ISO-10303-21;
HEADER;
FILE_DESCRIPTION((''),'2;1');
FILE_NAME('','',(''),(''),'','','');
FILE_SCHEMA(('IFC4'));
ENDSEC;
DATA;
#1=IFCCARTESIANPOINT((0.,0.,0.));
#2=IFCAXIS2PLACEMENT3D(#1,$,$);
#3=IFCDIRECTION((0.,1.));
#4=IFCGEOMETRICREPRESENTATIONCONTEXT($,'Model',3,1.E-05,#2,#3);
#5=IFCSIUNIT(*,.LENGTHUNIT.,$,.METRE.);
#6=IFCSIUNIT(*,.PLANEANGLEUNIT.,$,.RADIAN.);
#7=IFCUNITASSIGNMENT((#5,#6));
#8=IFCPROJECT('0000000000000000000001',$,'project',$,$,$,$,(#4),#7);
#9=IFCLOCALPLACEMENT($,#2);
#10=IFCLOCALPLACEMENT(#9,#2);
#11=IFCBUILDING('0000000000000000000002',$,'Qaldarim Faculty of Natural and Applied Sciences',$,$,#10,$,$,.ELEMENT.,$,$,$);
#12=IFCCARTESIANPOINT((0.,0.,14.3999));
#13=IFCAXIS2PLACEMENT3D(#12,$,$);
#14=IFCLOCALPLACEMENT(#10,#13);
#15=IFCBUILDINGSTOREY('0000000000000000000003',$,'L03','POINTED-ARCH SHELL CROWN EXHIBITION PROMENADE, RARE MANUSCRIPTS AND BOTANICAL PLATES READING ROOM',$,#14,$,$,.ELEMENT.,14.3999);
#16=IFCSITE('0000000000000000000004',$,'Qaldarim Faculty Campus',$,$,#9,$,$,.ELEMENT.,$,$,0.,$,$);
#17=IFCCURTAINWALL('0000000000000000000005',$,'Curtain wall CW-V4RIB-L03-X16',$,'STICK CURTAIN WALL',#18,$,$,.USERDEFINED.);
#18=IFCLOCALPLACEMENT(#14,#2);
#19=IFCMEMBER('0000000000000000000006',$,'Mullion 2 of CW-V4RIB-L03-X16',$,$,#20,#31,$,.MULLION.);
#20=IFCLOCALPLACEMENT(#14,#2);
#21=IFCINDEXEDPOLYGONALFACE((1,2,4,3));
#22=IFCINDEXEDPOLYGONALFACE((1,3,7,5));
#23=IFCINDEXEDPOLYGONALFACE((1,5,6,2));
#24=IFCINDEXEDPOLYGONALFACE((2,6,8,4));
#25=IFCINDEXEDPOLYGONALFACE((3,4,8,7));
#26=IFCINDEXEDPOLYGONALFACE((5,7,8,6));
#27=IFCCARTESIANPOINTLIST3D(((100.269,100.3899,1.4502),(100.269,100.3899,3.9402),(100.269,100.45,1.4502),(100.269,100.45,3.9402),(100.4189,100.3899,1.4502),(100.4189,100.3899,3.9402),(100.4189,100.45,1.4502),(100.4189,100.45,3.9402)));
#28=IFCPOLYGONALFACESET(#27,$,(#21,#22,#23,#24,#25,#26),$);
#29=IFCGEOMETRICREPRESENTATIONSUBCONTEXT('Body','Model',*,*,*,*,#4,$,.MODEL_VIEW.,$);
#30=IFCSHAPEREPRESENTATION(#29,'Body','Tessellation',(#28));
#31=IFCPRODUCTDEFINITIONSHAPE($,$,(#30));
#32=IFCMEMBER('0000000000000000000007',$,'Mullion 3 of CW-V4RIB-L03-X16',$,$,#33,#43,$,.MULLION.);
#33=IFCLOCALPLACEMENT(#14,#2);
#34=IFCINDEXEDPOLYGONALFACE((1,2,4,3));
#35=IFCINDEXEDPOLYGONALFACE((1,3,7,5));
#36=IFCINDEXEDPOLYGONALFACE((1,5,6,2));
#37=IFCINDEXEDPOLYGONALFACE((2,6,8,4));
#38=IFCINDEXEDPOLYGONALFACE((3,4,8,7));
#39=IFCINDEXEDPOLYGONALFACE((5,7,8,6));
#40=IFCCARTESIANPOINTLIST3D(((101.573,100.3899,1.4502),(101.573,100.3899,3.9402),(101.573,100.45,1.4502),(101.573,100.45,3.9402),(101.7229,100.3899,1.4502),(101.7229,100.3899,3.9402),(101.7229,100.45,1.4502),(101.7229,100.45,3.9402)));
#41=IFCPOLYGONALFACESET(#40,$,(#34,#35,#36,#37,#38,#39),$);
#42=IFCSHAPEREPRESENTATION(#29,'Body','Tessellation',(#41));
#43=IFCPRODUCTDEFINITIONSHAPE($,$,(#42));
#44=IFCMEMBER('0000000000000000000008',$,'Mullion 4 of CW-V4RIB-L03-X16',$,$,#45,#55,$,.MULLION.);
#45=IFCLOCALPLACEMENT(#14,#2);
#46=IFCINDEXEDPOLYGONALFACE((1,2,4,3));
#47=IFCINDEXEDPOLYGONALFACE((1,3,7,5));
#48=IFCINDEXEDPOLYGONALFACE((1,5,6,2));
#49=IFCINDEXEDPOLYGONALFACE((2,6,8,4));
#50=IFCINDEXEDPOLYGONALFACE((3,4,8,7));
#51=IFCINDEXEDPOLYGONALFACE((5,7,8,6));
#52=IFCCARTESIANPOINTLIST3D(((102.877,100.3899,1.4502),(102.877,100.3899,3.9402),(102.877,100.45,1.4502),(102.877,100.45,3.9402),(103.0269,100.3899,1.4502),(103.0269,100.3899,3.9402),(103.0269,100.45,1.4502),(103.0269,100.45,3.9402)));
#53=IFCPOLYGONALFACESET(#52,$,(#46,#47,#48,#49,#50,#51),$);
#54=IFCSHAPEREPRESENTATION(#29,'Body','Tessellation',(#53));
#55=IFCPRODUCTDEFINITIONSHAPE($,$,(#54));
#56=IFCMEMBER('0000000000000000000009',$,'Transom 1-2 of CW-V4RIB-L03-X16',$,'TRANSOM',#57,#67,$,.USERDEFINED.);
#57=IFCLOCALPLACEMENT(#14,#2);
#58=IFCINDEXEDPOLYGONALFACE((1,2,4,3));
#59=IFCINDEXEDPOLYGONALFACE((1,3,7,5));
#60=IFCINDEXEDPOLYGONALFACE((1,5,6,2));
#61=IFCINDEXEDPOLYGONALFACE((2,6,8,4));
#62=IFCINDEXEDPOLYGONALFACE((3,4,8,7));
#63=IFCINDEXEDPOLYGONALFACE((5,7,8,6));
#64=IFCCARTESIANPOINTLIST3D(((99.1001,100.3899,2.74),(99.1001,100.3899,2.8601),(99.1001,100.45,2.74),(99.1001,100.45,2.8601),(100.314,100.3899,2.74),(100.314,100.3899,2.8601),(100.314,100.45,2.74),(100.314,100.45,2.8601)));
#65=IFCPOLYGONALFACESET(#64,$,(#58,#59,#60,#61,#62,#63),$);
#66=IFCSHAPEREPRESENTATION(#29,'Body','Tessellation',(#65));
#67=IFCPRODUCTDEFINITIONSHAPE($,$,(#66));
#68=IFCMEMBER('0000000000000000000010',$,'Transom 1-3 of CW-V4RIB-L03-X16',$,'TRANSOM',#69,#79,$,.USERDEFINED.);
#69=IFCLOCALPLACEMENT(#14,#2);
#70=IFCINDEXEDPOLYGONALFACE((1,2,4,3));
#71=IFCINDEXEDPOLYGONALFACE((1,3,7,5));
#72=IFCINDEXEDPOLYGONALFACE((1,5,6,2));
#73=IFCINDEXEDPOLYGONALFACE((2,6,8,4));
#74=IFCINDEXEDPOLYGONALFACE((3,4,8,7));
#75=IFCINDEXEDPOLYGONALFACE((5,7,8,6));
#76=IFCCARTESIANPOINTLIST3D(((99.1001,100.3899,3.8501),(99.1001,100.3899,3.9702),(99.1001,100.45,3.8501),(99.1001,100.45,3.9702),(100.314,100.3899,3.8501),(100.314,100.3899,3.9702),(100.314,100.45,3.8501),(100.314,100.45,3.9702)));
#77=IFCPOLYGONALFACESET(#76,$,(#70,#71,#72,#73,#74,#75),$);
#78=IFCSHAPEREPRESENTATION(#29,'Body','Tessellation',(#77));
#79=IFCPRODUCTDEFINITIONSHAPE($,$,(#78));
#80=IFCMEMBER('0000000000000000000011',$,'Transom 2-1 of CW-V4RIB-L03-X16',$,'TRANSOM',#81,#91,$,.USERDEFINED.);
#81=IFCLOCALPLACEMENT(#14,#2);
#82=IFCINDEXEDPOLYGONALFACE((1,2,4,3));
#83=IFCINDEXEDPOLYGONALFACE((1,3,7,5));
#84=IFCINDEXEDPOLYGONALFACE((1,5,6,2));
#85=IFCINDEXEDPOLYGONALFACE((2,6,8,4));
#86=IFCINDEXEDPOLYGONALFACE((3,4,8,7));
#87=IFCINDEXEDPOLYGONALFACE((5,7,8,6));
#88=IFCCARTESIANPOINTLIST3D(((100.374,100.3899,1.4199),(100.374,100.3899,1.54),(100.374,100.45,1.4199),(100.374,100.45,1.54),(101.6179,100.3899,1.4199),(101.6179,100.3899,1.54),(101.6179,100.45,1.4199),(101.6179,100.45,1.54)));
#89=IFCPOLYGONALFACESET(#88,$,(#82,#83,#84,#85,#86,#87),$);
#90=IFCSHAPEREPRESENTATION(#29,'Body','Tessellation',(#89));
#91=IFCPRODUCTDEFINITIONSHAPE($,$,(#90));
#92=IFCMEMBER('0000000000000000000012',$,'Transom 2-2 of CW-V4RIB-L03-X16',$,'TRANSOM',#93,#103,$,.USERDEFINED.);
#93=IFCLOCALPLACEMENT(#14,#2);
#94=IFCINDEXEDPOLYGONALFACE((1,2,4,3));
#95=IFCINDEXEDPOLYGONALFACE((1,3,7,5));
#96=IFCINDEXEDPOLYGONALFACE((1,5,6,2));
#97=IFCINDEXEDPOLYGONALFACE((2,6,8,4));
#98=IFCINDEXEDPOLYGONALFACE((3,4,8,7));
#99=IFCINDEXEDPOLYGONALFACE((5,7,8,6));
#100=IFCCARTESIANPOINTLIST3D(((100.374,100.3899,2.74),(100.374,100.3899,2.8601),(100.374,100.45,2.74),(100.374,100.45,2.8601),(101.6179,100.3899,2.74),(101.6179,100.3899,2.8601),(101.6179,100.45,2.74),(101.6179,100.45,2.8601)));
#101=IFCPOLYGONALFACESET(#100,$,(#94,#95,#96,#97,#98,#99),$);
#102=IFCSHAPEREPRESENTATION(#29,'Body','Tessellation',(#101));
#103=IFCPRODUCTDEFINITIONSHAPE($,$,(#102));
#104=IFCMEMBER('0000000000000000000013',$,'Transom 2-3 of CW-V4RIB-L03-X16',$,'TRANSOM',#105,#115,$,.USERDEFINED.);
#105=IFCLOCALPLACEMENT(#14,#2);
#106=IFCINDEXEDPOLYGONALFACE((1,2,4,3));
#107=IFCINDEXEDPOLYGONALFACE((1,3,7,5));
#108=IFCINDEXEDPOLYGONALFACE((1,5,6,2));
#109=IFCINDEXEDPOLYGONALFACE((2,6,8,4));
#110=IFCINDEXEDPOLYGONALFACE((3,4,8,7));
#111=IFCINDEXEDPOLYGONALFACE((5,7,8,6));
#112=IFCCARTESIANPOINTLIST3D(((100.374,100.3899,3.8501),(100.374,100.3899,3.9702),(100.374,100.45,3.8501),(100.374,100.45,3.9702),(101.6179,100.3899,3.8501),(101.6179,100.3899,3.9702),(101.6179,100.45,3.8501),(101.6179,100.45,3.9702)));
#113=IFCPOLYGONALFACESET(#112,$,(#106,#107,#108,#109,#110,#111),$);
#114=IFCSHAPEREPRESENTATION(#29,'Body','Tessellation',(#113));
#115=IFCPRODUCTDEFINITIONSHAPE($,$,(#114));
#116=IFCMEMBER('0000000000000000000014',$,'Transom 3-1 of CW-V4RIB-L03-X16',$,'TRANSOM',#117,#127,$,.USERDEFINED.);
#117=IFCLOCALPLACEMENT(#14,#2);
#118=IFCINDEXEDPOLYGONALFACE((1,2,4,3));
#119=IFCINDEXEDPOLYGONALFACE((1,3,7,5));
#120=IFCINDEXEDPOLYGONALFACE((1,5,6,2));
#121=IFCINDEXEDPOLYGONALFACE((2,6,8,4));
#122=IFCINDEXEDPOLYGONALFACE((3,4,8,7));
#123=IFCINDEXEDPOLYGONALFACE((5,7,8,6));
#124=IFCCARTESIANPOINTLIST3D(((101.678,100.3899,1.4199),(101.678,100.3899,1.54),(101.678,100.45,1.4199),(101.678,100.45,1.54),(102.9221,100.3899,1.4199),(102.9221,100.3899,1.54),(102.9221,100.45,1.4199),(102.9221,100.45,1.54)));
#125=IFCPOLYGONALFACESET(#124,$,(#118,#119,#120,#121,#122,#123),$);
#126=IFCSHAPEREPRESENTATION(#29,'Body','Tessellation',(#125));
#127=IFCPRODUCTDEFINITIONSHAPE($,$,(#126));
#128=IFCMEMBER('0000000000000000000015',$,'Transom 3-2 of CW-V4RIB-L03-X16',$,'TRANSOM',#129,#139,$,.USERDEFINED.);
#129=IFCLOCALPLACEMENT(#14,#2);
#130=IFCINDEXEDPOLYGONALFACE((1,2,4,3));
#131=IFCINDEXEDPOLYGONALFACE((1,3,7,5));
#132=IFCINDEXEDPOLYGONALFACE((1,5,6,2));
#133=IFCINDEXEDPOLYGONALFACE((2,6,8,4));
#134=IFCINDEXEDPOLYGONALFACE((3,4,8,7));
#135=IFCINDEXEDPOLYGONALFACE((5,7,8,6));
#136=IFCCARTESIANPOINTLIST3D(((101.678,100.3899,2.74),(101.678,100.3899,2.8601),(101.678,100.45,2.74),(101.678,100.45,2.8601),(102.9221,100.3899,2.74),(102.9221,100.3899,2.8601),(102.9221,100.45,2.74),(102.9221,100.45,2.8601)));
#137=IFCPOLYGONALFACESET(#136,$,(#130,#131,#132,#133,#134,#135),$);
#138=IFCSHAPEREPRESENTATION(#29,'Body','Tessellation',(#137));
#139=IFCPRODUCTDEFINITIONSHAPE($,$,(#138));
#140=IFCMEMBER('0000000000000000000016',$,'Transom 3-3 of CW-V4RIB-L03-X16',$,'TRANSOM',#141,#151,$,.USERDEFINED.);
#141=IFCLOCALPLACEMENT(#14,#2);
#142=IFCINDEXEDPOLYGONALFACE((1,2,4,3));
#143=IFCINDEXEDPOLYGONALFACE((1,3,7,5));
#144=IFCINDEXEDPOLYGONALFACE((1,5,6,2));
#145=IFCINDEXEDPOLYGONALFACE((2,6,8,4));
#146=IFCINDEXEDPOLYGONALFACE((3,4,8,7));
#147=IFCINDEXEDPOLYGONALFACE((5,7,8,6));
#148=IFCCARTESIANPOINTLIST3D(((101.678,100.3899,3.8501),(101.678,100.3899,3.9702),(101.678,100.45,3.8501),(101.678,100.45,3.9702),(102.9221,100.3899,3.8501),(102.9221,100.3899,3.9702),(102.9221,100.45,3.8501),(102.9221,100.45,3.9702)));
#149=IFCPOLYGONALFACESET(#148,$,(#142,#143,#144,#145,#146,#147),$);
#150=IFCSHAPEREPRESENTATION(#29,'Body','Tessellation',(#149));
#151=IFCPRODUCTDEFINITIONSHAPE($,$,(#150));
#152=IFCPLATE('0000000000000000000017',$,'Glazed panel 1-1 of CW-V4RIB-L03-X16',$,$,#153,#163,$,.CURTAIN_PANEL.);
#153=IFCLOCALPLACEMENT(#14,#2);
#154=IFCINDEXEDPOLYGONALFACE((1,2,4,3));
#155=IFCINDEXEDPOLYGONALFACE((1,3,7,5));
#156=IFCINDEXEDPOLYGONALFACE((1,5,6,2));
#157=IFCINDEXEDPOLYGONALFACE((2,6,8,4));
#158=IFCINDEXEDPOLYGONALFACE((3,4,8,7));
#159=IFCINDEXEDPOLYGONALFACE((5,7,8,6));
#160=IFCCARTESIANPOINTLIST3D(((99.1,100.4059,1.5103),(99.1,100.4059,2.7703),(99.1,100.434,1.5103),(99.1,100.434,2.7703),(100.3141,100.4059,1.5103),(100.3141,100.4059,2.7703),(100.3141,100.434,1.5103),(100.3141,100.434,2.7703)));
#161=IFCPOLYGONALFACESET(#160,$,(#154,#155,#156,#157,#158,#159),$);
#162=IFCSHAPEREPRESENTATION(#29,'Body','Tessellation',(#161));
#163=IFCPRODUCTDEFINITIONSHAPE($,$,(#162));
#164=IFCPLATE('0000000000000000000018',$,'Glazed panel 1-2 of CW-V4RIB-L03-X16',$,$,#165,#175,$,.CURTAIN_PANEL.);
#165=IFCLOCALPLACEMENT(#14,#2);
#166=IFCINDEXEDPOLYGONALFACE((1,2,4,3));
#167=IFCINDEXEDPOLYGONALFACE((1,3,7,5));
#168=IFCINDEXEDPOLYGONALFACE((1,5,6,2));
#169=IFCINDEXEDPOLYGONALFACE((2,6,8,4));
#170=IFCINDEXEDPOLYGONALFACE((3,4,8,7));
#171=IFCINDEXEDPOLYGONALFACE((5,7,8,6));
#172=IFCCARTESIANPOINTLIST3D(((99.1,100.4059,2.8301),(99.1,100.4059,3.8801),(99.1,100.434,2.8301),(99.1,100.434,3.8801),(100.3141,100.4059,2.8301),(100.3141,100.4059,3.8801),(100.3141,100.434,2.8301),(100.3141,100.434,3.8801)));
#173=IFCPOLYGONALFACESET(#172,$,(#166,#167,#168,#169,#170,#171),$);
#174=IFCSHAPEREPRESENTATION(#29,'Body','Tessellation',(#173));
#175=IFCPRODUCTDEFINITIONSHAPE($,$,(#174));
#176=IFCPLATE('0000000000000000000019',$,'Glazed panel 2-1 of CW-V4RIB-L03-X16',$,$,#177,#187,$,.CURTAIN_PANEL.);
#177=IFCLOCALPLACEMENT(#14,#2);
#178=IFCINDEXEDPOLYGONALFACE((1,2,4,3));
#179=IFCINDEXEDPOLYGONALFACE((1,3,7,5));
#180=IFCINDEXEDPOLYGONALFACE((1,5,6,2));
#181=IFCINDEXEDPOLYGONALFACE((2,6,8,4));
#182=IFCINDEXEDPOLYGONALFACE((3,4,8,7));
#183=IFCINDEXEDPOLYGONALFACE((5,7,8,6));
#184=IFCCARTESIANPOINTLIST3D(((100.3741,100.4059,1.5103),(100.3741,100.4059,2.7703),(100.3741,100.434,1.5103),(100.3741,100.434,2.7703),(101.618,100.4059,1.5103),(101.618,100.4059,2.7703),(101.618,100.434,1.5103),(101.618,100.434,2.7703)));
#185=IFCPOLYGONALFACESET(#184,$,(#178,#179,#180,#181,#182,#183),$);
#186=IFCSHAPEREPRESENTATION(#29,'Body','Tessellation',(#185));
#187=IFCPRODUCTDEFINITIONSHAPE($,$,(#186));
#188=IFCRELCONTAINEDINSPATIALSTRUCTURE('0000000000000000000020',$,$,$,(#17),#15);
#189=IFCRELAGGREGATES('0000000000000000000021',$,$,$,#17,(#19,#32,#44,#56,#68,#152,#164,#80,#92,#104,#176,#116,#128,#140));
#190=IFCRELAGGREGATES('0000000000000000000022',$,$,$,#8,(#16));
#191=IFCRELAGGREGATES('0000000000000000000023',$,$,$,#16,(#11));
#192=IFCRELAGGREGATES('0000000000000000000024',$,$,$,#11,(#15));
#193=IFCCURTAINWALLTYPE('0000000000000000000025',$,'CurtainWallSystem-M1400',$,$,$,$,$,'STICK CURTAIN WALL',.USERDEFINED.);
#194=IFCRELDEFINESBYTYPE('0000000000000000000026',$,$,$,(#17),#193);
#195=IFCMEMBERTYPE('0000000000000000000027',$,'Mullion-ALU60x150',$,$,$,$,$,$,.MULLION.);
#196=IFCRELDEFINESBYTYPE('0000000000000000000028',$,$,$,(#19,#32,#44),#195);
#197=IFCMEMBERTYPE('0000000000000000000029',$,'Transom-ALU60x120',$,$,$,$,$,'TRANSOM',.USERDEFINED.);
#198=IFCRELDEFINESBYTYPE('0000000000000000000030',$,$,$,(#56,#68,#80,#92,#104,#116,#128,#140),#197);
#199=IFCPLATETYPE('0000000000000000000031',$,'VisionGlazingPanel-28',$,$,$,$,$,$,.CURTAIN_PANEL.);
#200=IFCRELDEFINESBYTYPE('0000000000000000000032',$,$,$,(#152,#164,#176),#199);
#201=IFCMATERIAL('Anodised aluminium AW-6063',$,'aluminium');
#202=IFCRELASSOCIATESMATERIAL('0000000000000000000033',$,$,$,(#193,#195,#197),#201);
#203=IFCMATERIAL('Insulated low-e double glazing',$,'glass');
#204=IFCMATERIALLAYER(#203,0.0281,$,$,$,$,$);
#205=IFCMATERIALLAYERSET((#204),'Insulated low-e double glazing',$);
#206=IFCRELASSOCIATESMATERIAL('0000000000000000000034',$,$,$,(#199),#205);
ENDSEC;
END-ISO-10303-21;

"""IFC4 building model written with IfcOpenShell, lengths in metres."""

from ifc_helpers import new_model, si_unit, direction, frame, origin, origin_2d, place, context, subcontext, project, spatial, rectangle, extrude, material, layer, layer_set, material_profile, profile_set, type_object, element, aggregate, save


model = new_model("IFC4")

# Units and contexts
model_context = context("Model", 3, precision=1e-05, world=origin(), true_north=direction((0.0, 1.0)))
body_context = subcontext(model_context, "Body", "Model", "MODEL_VIEW")
ifc_project = project(units=[si_unit("LENGTHUNIT", "METRE"), si_unit("PLANEANGLEUNIT", "RADIAN")], contexts=[model_context])

# Site, building, storey
site_placement = place(None, origin())
site = spatial("IfcSite", under=ifc_project, at=site_placement, Name="Qaldarim Faculty Campus", CompositionType="ELEMENT", RefElevation=0.0)
building_placement = place(site_placement, origin())
building = spatial("IfcBuilding", under=site, at=building_placement, Name="Qaldarim Faculty of Natural and Applied Sciences", CompositionType="ELEMENT")
storey_placement = place(building_placement, frame((0.0, 0.0, 14.3999)))
storey = spatial("IfcBuildingStorey", under=building, at=storey_placement, Name="L03", Description="POINTED-ARCH SHELL CROWN EXHIBITION PROMENADE, RARE MANUSCRIPTS AND BOTANICAL PLATES READING ROOM", CompositionType="ELEMENT", Elevation=14.3999)

# Curtain wall, members, plates
ifc_material_1 = material(Name="Anodised aluminium AW-6063", Category="aluminium")
curtain_wall_type = type_object("IfcCurtainWallType", Name="CurtainWallSystem-M1400", ElementType="STICK CURTAIN WALL", PredefinedType="USERDEFINED", material=ifc_material_1)
curtain_wall_placement = place(storey_placement, origin())
curtain_wall = element("IfcCurtainWall", 1, at=curtain_wall_placement, inside=storey, type_object=curtain_wall_type, Name="Curtain wall CW-V4RIB-L03-X16", ObjectType="STICK CURTAIN WALL", PredefinedType="USERDEFINED")
ifc_material_profile_1 = material_profile(ifc_material_1, rectangle(XDim=0.0601, YDim=0.1499, at=origin_2d()), Name="ALU-M60x150")
ifc_profile_set_1 = profile_set([ifc_material_profile_1], Name="Anodised aluminium AW-6063")
member_type_1 = type_object("IfcMemberType", Name="Mullion-ALU60x150", PredefinedType="MULLION", material=ifc_profile_set_1)
member_1_placement = place(storey_placement, frame((100.344, 100.4199, 1.4502), z_axis=(0.0, 0.0, 1.0), x_axis=(0.0, 1.0, 0.0)))
member_1 = element("IfcMember", 2, at=member_1_placement, type_object=member_type_1, Name="Mullion 2 of CW-V4RIB-L03-X16", PredefinedType="MULLION", context=body_context, shape_type="SweptSolid", body=[
    extrude(rectangle(XDim=0.0601, YDim=0.1499, at=origin_2d()), origin(), (0.0, 0.0, 1.0), 2.49),
])
member_2_placement = place(storey_placement, frame((101.6479, 100.4199, 1.4502), z_axis=(0.0, 0.0, 1.0), x_axis=(0.0, 1.0, 0.0)))
member_2 = element("IfcMember", 3, at=member_2_placement, type_object=member_type_1, Name="Mullion 3 of CW-V4RIB-L03-X16", PredefinedType="MULLION", context=body_context, shape_type="SweptSolid", body=[
    extrude(rectangle(XDim=0.0601, YDim=0.1499, at=origin_2d()), origin(), (0.0, 0.0, 1.0), 2.49),
])
member_3_placement = place(storey_placement, frame((102.9519, 100.4199, 1.4502), z_axis=(0.0, 0.0, 1.0), x_axis=(0.0, 1.0, 0.0)))
member_3 = element("IfcMember", 4, at=member_3_placement, type_object=member_type_1, Name="Mullion 4 of CW-V4RIB-L03-X16", PredefinedType="MULLION", context=body_context, shape_type="SweptSolid", body=[
    extrude(rectangle(XDim=0.0601, YDim=0.1499, at=origin_2d()), origin(), (0.0, 0.0, 1.0), 2.49),
])
ifc_material_profile_2 = material_profile(ifc_material_1, rectangle(XDim=0.0601, YDim=0.1201, at=origin_2d()), Name="ALU-T60x120")
ifc_profile_set_2 = profile_set([ifc_material_profile_2], Name="Anodised aluminium AW-6063")
member_type_2 = type_object("IfcMemberType", Name="Transom-ALU60x120", ElementType="TRANSOM", PredefinedType="USERDEFINED", material=ifc_profile_set_2)
member_4_placement = place(storey_placement, frame((99.1001, 100.4199, 2.8), z_axis=(1.0, 0.0, 0.0), x_axis=(0.0, 1.0, 0.0)))
member_4 = element("IfcMember", 5, at=member_4_placement, type_object=member_type_2, Name="Transom 1-2 of CW-V4RIB-L03-X16", ObjectType="TRANSOM", PredefinedType="USERDEFINED", context=body_context, shape_type="SweptSolid", body=[
    extrude(rectangle(XDim=0.0601, YDim=0.1201, at=origin_2d()), origin(), (0.0, 0.0, 1.0), 1.2139),
])
member_5_placement = place(storey_placement, frame((99.1001, 100.4199, 3.9102), z_axis=(1.0, 0.0, 0.0), x_axis=(0.0, 1.0, 0.0)))
member_5 = element("IfcMember", 6, at=member_5_placement, type_object=member_type_2, Name="Transom 1-3 of CW-V4RIB-L03-X16", ObjectType="TRANSOM", PredefinedType="USERDEFINED", context=body_context, shape_type="SweptSolid", body=[
    extrude(rectangle(XDim=0.0601, YDim=0.1201, at=origin_2d()), origin(), (0.0, 0.0, 1.0), 1.2139),
])
member_6_placement = place(storey_placement, frame((100.374, 100.4199, 1.48), z_axis=(1.0, 0.0, 0.0), x_axis=(0.0, 1.0, 0.0)))
member_6 = element("IfcMember", 7, at=member_6_placement, type_object=member_type_2, Name="Transom 2-1 of CW-V4RIB-L03-X16", ObjectType="TRANSOM", PredefinedType="USERDEFINED", context=body_context, shape_type="SweptSolid", body=[
    extrude(rectangle(XDim=0.0601, YDim=0.1201, at=origin_2d()), origin(), (0.0, 0.0, 1.0), 1.2439),
])
member_7_placement = place(storey_placement, frame((100.374, 100.4199, 2.8), z_axis=(1.0, 0.0, 0.0), x_axis=(0.0, 1.0, 0.0)))
member_7 = element("IfcMember", 8, at=member_7_placement, type_object=member_type_2, Name="Transom 2-2 of CW-V4RIB-L03-X16", ObjectType="TRANSOM", PredefinedType="USERDEFINED", context=body_context, shape_type="SweptSolid", body=[
    extrude(rectangle(XDim=0.0601, YDim=0.1201, at=origin_2d()), origin(), (0.0, 0.0, 1.0), 1.2439),
])
member_8_placement = place(storey_placement, frame((100.374, 100.4199, 3.9102), z_axis=(1.0, 0.0, 0.0), x_axis=(0.0, 1.0, 0.0)))
member_8 = element("IfcMember", 9, at=member_8_placement, type_object=member_type_2, Name="Transom 2-3 of CW-V4RIB-L03-X16", ObjectType="TRANSOM", PredefinedType="USERDEFINED", context=body_context, shape_type="SweptSolid", body=[
    extrude(rectangle(XDim=0.0601, YDim=0.1201, at=origin_2d()), origin(), (0.0, 0.0, 1.0), 1.2439),
])
member_9_placement = place(storey_placement, frame((101.678, 100.4199, 1.48), z_axis=(1.0, 0.0, 0.0), x_axis=(0.0, 1.0, 0.0)))
member_9 = element("IfcMember", 10, at=member_9_placement, type_object=member_type_2, Name="Transom 3-1 of CW-V4RIB-L03-X16", ObjectType="TRANSOM", PredefinedType="USERDEFINED", context=body_context, shape_type="SweptSolid", body=[
    extrude(rectangle(XDim=0.0601, YDim=0.1201, at=origin_2d()), origin(), (0.0, 0.0, 1.0), 1.2441),
])
member_10_placement = place(storey_placement, frame((101.678, 100.4199, 2.8), z_axis=(1.0, 0.0, 0.0), x_axis=(0.0, 1.0, 0.0)))
member_10 = element("IfcMember", 11, at=member_10_placement, type_object=member_type_2, Name="Transom 3-2 of CW-V4RIB-L03-X16", ObjectType="TRANSOM", PredefinedType="USERDEFINED", context=body_context, shape_type="SweptSolid", body=[
    extrude(rectangle(XDim=0.0601, YDim=0.1201, at=origin_2d()), origin(), (0.0, 0.0, 1.0), 1.2441),
])
member_11_placement = place(storey_placement, frame((101.678, 100.4199, 3.9102), z_axis=(1.0, 0.0, 0.0), x_axis=(0.0, 1.0, 0.0)))
member_11 = element("IfcMember", 12, at=member_11_placement, type_object=member_type_2, Name="Transom 3-3 of CW-V4RIB-L03-X16", ObjectType="TRANSOM", PredefinedType="USERDEFINED", context=body_context, shape_type="SweptSolid", body=[
    extrude(rectangle(XDim=0.0601, YDim=0.1201, at=origin_2d()), origin(), (0.0, 0.0, 1.0), 1.2441),
])
ifc_material_2 = material(Name="Insulated low-e double glazing", Category="glass")
ifc_layer_1 = layer(ifc_material_2, 0.0281)
ifc_layer_set_1 = layer_set([ifc_layer_1], Name="Insulated low-e double glazing")
plate_type = type_object("IfcPlateType", Name="VisionGlazingPanel-28", PredefinedType="CURTAIN_PANEL", material=ifc_layer_set_1)
plate_1_placement = place(storey_placement, frame((99.707, 100.4199, 1.5103), z_axis=(0.0, 0.0, 1.0), x_axis=(1.0, 0.0, 0.0)))
plate_1 = element("IfcPlate", 13, at=plate_1_placement, type_object=plate_type, Name="Glazed panel 1-1 of CW-V4RIB-L03-X16", PredefinedType="CURTAIN_PANEL", context=body_context, shape_type="SweptSolid", body=[
    extrude(rectangle(XDim=1.2141, YDim=0.0281, at=origin_2d()), origin(), (0.0, 0.0, 1.0), 1.26),
])
plate_2_placement = place(storey_placement, frame((99.707, 100.4199, 2.8301), z_axis=(0.0, 0.0, 1.0), x_axis=(1.0, 0.0, 0.0)))
plate_2 = element("IfcPlate", 14, at=plate_2_placement, type_object=plate_type, Name="Glazed panel 1-2 of CW-V4RIB-L03-X16", PredefinedType="CURTAIN_PANEL", context=body_context, shape_type="SweptSolid", body=[
    extrude(rectangle(XDim=1.2141, YDim=0.0281, at=origin_2d()), origin(), (0.0, 0.0, 1.0), 1.05),
])
plate_3_placement = place(storey_placement, frame((100.9961, 100.4199, 1.5103), z_axis=(0.0, 0.0, 1.0), x_axis=(1.0, 0.0, 0.0)))
plate_3 = element("IfcPlate", 15, at=plate_3_placement, type_object=plate_type, Name="Glazed panel 2-1 of CW-V4RIB-L03-X16", PredefinedType="CURTAIN_PANEL", context=body_context, shape_type="SweptSolid", body=[
    extrude(rectangle(XDim=1.2439, YDim=0.0281, at=origin_2d()), origin(), (0.0, 0.0, 1.0), 1.26),
])
aggregate(curtain_wall, [member_1, member_2, member_3, member_4, member_5, plate_1, plate_2, member_6, member_7, member_8, plate_3, member_9, member_10, member_11])

save(model, "model.ifc")
